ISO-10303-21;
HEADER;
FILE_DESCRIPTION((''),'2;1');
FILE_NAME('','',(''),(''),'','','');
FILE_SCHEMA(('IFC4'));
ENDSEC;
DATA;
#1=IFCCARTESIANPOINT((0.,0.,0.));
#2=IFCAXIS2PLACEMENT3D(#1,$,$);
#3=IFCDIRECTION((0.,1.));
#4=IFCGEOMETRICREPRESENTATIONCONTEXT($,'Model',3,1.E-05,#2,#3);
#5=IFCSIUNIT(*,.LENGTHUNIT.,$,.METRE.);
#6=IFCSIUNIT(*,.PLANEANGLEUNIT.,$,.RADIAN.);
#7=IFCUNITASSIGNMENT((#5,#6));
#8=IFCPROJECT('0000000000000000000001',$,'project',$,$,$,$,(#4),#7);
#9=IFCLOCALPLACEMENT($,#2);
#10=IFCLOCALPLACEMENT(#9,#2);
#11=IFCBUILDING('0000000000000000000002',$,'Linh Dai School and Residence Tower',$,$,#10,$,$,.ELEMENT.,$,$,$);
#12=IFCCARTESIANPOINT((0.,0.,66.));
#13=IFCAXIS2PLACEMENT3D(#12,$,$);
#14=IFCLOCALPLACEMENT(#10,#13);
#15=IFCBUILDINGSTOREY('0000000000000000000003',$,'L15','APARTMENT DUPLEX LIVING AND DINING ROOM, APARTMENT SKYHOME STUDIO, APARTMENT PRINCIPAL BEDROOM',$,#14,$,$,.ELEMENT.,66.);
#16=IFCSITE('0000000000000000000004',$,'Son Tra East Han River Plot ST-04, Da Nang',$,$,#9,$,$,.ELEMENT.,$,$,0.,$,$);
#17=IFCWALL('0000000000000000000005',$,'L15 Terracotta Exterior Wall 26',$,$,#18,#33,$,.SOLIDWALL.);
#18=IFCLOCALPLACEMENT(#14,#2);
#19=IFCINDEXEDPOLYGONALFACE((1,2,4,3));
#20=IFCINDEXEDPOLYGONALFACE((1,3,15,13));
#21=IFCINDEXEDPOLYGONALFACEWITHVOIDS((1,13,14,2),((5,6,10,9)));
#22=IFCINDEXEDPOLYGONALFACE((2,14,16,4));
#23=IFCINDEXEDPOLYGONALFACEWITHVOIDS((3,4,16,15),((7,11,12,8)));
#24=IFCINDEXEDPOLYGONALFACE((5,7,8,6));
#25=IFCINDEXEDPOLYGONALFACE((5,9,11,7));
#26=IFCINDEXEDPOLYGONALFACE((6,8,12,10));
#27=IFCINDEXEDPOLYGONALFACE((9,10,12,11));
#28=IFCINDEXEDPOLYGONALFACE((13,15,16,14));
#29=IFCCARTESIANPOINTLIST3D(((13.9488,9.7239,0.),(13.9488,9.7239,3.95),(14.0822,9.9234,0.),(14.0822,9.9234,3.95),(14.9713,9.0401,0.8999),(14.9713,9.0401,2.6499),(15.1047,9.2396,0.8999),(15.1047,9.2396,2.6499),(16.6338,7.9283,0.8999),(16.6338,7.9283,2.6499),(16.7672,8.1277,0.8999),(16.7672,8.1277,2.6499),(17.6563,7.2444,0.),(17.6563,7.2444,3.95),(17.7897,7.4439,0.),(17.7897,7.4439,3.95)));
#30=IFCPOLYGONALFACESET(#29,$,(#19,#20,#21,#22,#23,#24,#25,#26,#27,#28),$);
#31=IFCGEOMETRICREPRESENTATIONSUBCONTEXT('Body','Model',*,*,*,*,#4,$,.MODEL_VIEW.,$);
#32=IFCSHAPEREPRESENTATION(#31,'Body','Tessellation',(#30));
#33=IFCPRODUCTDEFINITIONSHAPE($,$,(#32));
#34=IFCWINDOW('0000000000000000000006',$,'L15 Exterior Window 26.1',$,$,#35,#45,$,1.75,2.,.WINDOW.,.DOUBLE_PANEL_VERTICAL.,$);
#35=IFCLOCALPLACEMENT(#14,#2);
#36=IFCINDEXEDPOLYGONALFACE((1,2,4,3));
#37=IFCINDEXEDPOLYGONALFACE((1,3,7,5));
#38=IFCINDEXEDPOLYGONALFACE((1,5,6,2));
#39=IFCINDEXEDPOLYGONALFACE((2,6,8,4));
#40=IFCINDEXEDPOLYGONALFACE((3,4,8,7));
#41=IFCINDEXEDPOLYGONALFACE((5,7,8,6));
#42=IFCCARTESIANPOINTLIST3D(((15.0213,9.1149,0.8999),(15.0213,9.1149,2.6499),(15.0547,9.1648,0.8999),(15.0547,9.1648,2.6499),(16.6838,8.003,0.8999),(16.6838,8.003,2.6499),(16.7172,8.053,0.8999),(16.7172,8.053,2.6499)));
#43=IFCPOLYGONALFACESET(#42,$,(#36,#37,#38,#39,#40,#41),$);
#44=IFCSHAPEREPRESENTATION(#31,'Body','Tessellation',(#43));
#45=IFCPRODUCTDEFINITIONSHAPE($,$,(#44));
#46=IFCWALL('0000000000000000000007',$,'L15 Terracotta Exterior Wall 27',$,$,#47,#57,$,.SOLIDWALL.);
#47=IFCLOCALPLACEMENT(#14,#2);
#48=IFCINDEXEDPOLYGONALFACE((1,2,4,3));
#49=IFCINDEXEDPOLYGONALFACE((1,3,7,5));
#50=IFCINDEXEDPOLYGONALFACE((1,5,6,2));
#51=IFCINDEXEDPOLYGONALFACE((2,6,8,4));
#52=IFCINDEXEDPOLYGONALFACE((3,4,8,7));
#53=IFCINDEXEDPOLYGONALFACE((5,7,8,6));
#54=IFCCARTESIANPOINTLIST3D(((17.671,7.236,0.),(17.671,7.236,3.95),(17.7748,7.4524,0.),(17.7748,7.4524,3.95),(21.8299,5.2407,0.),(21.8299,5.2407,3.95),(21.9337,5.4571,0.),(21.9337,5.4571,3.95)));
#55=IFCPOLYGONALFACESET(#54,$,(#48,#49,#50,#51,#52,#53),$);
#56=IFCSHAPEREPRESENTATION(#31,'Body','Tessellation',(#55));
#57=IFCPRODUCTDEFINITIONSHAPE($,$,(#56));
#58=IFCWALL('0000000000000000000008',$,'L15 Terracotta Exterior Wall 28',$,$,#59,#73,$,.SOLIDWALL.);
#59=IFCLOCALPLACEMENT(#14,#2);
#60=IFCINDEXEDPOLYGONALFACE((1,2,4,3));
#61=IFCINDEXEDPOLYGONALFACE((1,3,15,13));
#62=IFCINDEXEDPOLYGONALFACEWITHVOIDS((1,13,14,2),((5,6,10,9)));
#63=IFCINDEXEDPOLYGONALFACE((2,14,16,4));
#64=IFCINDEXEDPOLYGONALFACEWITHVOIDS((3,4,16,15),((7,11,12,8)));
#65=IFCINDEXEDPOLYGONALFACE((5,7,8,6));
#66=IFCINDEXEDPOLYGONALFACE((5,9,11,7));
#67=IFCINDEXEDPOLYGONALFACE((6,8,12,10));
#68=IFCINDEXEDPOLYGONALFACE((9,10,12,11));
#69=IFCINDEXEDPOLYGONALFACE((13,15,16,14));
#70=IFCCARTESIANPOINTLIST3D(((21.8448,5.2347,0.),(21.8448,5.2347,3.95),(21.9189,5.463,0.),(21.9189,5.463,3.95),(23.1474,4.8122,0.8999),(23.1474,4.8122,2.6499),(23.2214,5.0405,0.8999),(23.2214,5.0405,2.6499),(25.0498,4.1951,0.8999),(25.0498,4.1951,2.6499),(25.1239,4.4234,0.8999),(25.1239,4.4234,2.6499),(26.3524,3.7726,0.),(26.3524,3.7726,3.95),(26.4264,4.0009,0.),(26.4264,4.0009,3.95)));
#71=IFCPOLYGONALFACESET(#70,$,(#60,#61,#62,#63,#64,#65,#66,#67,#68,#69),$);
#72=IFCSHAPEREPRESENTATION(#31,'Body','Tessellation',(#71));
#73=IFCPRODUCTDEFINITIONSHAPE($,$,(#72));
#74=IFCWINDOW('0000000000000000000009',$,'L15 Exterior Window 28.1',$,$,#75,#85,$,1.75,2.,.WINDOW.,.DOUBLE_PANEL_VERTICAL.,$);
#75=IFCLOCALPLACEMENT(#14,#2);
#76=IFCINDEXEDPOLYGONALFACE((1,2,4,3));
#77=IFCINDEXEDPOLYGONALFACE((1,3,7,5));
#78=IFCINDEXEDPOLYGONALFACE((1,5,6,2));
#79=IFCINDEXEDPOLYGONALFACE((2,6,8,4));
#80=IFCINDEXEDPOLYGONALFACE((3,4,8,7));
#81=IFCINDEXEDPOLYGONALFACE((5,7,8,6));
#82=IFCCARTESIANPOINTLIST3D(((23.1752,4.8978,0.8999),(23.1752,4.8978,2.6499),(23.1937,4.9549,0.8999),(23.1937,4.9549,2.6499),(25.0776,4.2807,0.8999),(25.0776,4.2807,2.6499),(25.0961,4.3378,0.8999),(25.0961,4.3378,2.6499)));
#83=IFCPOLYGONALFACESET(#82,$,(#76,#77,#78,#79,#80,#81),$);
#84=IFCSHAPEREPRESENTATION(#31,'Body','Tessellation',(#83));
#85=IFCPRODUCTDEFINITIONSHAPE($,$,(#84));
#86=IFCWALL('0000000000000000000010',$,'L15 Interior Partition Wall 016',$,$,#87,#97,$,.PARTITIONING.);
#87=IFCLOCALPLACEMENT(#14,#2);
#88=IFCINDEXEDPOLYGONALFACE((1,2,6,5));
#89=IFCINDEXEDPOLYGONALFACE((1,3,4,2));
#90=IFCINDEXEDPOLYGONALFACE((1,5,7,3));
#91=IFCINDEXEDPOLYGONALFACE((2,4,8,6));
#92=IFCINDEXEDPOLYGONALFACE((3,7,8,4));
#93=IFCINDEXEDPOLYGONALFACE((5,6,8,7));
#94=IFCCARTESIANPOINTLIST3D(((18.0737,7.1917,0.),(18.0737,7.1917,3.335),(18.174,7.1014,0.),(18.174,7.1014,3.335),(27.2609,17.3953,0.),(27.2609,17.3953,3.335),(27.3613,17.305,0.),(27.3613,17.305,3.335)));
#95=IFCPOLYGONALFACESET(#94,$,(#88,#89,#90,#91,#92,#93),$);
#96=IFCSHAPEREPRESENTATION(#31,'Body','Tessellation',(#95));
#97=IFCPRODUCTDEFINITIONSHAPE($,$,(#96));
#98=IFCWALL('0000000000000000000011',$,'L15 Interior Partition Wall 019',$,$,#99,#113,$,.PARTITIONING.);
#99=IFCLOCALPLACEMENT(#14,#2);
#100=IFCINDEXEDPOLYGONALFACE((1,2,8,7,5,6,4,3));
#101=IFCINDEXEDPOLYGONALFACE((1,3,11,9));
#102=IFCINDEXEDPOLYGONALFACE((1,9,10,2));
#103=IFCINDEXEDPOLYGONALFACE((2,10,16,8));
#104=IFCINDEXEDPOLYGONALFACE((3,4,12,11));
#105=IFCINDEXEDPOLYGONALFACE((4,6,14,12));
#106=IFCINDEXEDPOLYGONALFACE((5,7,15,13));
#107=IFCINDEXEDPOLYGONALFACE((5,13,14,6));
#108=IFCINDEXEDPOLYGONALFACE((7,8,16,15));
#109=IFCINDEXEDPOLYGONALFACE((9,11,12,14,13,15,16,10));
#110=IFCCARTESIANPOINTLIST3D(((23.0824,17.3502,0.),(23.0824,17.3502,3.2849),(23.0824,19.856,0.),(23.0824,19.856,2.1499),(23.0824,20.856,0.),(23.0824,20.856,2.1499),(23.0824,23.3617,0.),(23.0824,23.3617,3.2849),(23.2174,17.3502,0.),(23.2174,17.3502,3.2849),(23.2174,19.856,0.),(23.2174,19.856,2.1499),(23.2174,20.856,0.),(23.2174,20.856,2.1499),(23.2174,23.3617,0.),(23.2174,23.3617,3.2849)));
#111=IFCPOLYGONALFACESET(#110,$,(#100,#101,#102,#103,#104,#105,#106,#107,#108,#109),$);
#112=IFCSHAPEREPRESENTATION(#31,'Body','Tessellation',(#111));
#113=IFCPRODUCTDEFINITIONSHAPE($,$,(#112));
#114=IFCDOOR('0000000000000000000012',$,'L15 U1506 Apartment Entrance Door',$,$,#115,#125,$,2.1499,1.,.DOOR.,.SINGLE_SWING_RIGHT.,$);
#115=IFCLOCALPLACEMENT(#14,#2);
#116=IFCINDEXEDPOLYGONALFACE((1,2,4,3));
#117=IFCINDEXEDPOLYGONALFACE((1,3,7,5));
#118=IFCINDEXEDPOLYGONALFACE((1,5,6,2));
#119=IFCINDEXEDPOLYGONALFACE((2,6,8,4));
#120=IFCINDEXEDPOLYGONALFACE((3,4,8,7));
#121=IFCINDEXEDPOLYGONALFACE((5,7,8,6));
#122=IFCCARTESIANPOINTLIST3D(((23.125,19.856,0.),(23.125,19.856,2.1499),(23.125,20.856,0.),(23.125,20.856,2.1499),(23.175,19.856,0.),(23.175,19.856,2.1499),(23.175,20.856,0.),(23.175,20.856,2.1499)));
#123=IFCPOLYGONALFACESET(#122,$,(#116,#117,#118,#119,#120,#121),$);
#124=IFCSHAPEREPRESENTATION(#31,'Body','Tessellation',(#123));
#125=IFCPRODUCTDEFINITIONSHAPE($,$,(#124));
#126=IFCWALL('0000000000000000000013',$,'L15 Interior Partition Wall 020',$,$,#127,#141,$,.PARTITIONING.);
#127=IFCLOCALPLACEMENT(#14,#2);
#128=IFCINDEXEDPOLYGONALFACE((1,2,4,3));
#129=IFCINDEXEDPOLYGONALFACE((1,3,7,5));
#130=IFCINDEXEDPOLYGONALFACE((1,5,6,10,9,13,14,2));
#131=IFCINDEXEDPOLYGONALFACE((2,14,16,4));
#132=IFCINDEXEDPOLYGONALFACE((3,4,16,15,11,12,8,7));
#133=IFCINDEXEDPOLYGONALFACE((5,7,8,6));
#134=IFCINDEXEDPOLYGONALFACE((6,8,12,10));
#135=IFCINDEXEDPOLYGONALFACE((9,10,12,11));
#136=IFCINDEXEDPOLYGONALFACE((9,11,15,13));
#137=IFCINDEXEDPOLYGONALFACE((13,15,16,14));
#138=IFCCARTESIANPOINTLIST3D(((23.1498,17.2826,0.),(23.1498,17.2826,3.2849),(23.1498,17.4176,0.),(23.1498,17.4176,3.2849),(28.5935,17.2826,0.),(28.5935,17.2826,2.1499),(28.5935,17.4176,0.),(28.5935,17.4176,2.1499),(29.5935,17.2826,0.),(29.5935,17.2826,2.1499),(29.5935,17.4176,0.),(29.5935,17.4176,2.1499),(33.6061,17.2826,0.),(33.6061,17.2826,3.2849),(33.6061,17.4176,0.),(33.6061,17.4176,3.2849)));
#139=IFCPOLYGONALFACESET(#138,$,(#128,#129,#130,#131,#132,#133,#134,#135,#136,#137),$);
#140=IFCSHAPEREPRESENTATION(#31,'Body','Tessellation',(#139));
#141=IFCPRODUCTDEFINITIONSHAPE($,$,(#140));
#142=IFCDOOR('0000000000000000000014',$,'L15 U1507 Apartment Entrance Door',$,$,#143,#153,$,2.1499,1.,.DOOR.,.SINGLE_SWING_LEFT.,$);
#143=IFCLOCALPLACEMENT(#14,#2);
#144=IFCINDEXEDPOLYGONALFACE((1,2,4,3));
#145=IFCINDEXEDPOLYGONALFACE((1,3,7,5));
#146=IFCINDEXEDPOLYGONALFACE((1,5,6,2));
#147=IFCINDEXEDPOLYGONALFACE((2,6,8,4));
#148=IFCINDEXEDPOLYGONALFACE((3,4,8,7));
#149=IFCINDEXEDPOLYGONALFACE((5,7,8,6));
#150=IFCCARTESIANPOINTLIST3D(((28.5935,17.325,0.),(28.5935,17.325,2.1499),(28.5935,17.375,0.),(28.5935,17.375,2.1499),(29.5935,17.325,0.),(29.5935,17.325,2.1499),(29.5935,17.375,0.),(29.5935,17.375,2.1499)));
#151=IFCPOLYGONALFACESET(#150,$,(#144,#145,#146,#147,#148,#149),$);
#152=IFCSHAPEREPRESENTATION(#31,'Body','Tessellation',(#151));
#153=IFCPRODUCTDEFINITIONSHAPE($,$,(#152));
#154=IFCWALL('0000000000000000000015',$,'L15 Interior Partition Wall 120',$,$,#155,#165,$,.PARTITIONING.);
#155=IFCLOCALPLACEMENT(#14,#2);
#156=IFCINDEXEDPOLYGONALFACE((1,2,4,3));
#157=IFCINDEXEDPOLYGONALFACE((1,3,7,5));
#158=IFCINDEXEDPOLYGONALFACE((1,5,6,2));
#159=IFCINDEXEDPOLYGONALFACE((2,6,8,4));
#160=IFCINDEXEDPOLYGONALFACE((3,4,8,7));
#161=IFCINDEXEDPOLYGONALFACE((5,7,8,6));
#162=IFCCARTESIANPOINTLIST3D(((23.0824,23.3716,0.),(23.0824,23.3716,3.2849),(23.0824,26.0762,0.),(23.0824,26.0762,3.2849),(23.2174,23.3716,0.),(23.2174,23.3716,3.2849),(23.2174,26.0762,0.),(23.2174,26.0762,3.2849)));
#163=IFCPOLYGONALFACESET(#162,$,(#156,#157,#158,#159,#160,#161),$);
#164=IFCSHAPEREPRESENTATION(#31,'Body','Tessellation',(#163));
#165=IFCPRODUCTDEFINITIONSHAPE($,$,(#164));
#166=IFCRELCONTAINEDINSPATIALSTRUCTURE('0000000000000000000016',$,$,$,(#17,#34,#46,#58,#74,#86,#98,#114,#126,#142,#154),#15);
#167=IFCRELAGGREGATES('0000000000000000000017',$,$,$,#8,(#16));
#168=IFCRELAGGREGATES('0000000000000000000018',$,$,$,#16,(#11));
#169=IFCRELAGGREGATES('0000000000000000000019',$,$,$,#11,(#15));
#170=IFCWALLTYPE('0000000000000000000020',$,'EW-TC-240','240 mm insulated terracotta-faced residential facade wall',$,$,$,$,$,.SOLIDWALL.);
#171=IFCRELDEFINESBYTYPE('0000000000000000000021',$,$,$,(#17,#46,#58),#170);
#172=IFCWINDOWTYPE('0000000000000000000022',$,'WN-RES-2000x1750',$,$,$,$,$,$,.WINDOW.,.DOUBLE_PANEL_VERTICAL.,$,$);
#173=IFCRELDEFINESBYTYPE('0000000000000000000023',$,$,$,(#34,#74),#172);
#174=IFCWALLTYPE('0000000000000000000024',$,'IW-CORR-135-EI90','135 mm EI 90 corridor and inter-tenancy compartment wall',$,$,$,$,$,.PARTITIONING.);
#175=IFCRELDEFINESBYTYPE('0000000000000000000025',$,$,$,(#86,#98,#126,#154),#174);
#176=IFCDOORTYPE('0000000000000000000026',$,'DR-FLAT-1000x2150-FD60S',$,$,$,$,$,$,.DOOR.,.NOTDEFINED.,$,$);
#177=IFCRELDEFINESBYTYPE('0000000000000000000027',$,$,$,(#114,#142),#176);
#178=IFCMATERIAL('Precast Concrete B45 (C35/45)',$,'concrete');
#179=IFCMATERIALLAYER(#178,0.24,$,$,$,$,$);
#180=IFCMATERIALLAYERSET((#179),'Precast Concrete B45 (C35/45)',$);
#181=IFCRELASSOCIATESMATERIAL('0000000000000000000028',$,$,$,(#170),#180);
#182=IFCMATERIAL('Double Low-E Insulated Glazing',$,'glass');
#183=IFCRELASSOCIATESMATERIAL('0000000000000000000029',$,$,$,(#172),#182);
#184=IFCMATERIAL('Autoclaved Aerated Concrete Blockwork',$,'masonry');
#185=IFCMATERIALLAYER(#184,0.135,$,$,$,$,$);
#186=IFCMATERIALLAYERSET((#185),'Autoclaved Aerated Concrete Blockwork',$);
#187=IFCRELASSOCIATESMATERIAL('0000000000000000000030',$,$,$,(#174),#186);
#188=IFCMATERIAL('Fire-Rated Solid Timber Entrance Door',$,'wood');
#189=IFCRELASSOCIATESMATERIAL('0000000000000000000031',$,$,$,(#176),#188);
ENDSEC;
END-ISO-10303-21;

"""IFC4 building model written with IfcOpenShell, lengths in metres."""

from ifc_helpers import new_model, si_unit, direction, frame, frame_2d, origin, origin_2d, place, context, subcontext, project, spatial, rectangle, extrude, source, transform, mapped, material, layer, layer_set, type_object, element, fill, save


model = new_model("IFC4")

# Units and contexts
model_context = context("Model", 3, precision=1e-05, world=origin(), true_north=direction((0.0, 1.0)))
body_context = subcontext(model_context, "Body", "Model", "MODEL_VIEW")
ifc_project = project(units=[si_unit("LENGTHUNIT", "METRE"), si_unit("PLANEANGLEUNIT", "RADIAN")], contexts=[model_context])

# Site, building, storey
site_placement = place(None, origin())
site = spatial("IfcSite", under=ifc_project, at=site_placement, Name="Son Tra East Han River Plot ST-04, Da Nang", CompositionType="ELEMENT", RefElevation=0.0)
building_placement = place(site_placement, origin())
building = spatial("IfcBuilding", under=site, at=building_placement, Name="Linh Dai School and Residence Tower", CompositionType="ELEMENT")
storey_placement = place(building_placement, frame((0.0, 0.0, 66.0)))
storey = spatial("IfcBuildingStorey", under=building, at=storey_placement, Name="L15", Description="APARTMENT DUPLEX LIVING AND DINING ROOM, APARTMENT SKYHOME STUDIO, APARTMENT PRINCIPAL BEDROOM", CompositionType="ELEMENT", Elevation=66.0)

# Wall, opening, window
ifc_material_1 = material(Name="Precast Concrete B45 (C35/45)", Category="concrete")
ifc_layer_1 = layer(ifc_material_1, 0.24)
ifc_layer_set_1 = layer_set([ifc_layer_1], Name="Precast Concrete B45 (C35/45)")
wall_type_1 = type_object("IfcWallType", Name="EW-TC-240", Description="240 mm insulated terracotta-faced residential facade wall", PredefinedType="SOLIDWALL", material=ifc_layer_set_1)
ifc_material_2 = material(Name="Double Low-E Insulated Glazing", Category="glass")
wall_1_placement = place(storey_placement, frame((17.7229, 7.3442, 0.0), z_axis=(0.0, 0.0, 1.0), x_axis=(-0.831241, 0.555912, 0.0)))
wall_1 = element("IfcWall", 1, at=wall_1_placement, inside=storey, type_object=wall_type_1, Name="L15 Terracotta Exterior Wall 26", PredefinedType="SOLIDWALL", context=body_context, shape_type="SweptSolid", body=[
    extrude(rectangle(XDim=4.4602, YDim=0.24, at=frame_2d((2.23, 0.0))), origin(), (0.0, 0.0, 1.0), 3.95),
])
opening_1_placement = place(wall_1_placement, frame((1.23, 0.0, 0.8999)))
opening_1 = element("IfcOpeningElement", 2, at=opening_1_placement, cuts=wall_1, PredefinedType="OPENING", context=body_context, shape_type="SweptSolid", body=[
    extrude(rectangle(XDim=2.0, YDim=1.75, at=origin_2d()), frame((1.0, 0.1299, 0.875), z_axis=(0.0, -1.0, 0.0), x_axis=(1.0, 0.0, 0.0)), (0.0, 0.0, 1.0), 0.26),
])
window_type_1 = type_object("IfcWindowType", Name="WN-RES-2000x1750", PartitioningType="DOUBLE_PANEL_VERTICAL", PredefinedType="WINDOW", material=ifc_material_2)
shared_shape_1 = source(origin(), body_context, "Body", "SweptSolid", [
    extrude(rectangle(XDim=2.0, YDim=1.75, at=origin_2d()), frame((1.0, 0.03, 0.875), z_axis=(0.0, -1.0, 0.0), x_axis=(1.0, 0.0, 0.0)), (0.0, 0.0, 1.0), 0.0601),
])
window_1_placement = place(opening_1_placement, origin())
window_1 = element("IfcWindow", 3, at=window_1_placement, inside=storey, type_object=window_type_1, Name="L15 Exterior Window 26.1", OverallHeight=1.75, OverallWidth=2.0, PartitioningType="DOUBLE_PANEL_VERTICAL", PredefinedType="WINDOW", context=body_context, shape_type="MappedRepresentation", body=[
    mapped(shared_shape_1, transform((0.0, 0.0, 0.0), x_axis=(1.0, 0.0, 0.0), y_axis=(0.0, 1.0, 0.0), z_axis=(0.0, 0.0, 1.0), scale=1.0)),
])
fill(opening_1, window_1)

# Wall
wall_2_placement = place(storey_placement, frame((21.8818, 5.3489, 0.0), z_axis=(0.0, 0.0, 1.0), x_axis=(-0.901602, 0.432568, 0.0)))
element("IfcWall", 4, at=wall_2_placement, inside=storey, type_object=wall_type_1, Name="L15 Terracotta Exterior Wall 27", PredefinedType="SOLIDWALL", context=body_context, shape_type="SweptSolid", body=[
    extrude(rectangle(XDim=4.6128, YDim=0.24, at=frame_2d((2.3064, 0.0))), origin(), (0.0, 0.0, 1.0), 3.95),
])

# Wall, opening, window
wall_3_placement = place(storey_placement, frame((26.3894, 3.8867, 0.0), z_axis=(0.0, 0.0, 1.0), x_axis=(-0.951208, 0.308551, 0.0)))
wall_3 = element("IfcWall", 5, at=wall_3_placement, inside=storey, type_object=wall_type_1, Name="L15 Terracotta Exterior Wall 28", PredefinedType="SOLIDWALL", context=body_context, shape_type="SweptSolid", body=[
    extrude(rectangle(XDim=4.7388, YDim=0.24, at=frame_2d((2.3694, 0.0))), origin(), (0.0, 0.0, 1.0), 3.95),
])
opening_2_placement = place(wall_3_placement, frame((1.3694, 0.0, 0.8999)))
opening_2 = element("IfcOpeningElement", 6, at=opening_2_placement, cuts=wall_3, PredefinedType="OPENING", context=body_context, shape_type="SweptSolid", body=[
    extrude(rectangle(XDim=2.0, YDim=1.75, at=origin_2d()), frame((1.0, 0.1299, 0.875), z_axis=(0.0, -1.0, 0.0), x_axis=(1.0, 0.0, 0.0)), (0.0, 0.0, 1.0), 0.26),
])
window_2_placement = place(opening_2_placement, origin())
window_2 = element("IfcWindow", 7, at=window_2_placement, inside=storey, type_object=window_type_1, Name="L15 Exterior Window 28.1", OverallHeight=1.75, OverallWidth=2.0, PartitioningType="DOUBLE_PANEL_VERTICAL", PredefinedType="WINDOW", context=body_context, shape_type="MappedRepresentation", body=[
    mapped(shared_shape_1, transform((0.0, 0.0, 0.0), x_axis=(1.0, 0.0, 0.0), y_axis=(0.0, 1.0, 0.0), z_axis=(0.0, 0.0, 1.0), scale=1.0)),
])
fill(opening_2, window_2)

# Wall
ifc_material_3 = material(Name="Autoclaved Aerated Concrete Blockwork", Category="masonry")
ifc_layer_2 = layer(ifc_material_3, 0.135)
ifc_layer_set_2 = layer_set([ifc_layer_2], Name="Autoclaved Aerated Concrete Blockwork")
wall_type_2 = type_object("IfcWallType", Name="IW-CORR-135-EI90", Description="135 mm EI 90 corridor and inter-tenancy compartment wall", PredefinedType="PARTITIONING", material=ifc_layer_set_2)
wall_4_placement = place(storey_placement, frame((18.1238, 7.1465, 0.0), z_axis=(0.0, 0.0, 1.0), x_axis=(0.669126, 0.743149, 0.0)))
element("IfcWall", 8, at=wall_4_placement, inside=storey, type_object=wall_type_2, Name="L15 Interior Partition Wall 016", PredefinedType="PARTITIONING", context=body_context, shape_type="SweptSolid", body=[
    extrude(rectangle(XDim=13.7302, YDim=0.135, at=frame_2d((6.8652, 0.0))), origin(), (0.0, 0.0, 1.0), 3.335),
])

# Walls, openings, doors
wall_5_placement = place(storey_placement, frame((23.1499, 17.3501, 0.0), z_axis=(0.0, 0.0, 1.0), x_axis=(0.0, 1.0, 0.0)))
wall_5 = element("IfcWall", 9, at=wall_5_placement, inside=storey, type_object=wall_type_2, Name="L15 Interior Partition Wall 019", PredefinedType="PARTITIONING", context=body_context, shape_type="SweptSolid", body=[
    extrude(rectangle(XDim=6.0115, YDim=0.135, at=frame_2d((3.0059, 0.0))), origin(), (0.0, 0.0, 1.0), 3.2849),
])
opening_3_placement = place(wall_5_placement, frame((2.5059, 0.0, 0.0)))
opening_3 = element("IfcOpeningElement", 10, at=opening_3_placement, cuts=wall_5, PredefinedType="OPENING", context=body_context, shape_type="SweptSolid", body=[
    extrude(rectangle(XDim=1.0, YDim=2.1499, at=origin_2d()), frame((0.5, 0.0776, 1.075), z_axis=(0.0, -1.0, 0.0), x_axis=(1.0, 0.0, 0.0)), (0.0, 0.0, 1.0), 0.155),
])
ifc_material_4 = material(Name="Fire-Rated Solid Timber Entrance Door", Category="wood")
door_type_1 = type_object("IfcDoorType", Name="DR-FLAT-1000x2150-FD60S", OperationType="NOTDEFINED", PredefinedType="DOOR", material=ifc_material_4)
shared_shape_2 = source(origin(), body_context, "Body", "SweptSolid", [
    extrude(rectangle(XDim=1.0, YDim=2.1499, at=origin_2d()), frame((0.5, 0.0249, 1.075), z_axis=(0.0, -1.0, 0.0), x_axis=(1.0, 0.0, 0.0)), (0.0, 0.0, 1.0), 0.05),
])
door_1_placement = place(opening_3_placement, origin())
door_1 = element("IfcDoor", 11, at=door_1_placement, inside=storey, type_object=door_type_1, Name="L15 U1506 Apartment Entrance Door", OperationType="SINGLE_SWING_RIGHT", OverallHeight=2.1499, OverallWidth=1.0, PredefinedType="DOOR", context=body_context, shape_type="MappedRepresentation", body=[
    mapped(shared_shape_2, transform((0.0, 0.0, 0.0), x_axis=(1.0, 0.0, 0.0), y_axis=(0.0, 1.0, 0.0), z_axis=(0.0, 0.0, 1.0), scale=1.0)),
])
fill(opening_3, door_1)
wall_6_placement = place(storey_placement, frame((23.1499, 17.3501, 0.0), z_axis=(0.0, 0.0, 1.0), x_axis=(1.0, 0.0, 0.0)))
wall_6 = element("IfcWall", 12, at=wall_6_placement, inside=storey, type_object=wall_type_2, Name="L15 Interior Partition Wall 020", PredefinedType="PARTITIONING", context=body_context, shape_type="SweptSolid", body=[
    extrude(rectangle(XDim=10.4563, YDim=0.135, at=frame_2d((5.228, 0.0))), origin(), (0.0, 0.0, 1.0), 3.2849),
])
opening_4_placement = place(wall_6_placement, frame((5.4436, 0.0, 0.0)))
opening_4 = element("IfcOpeningElement", 13, at=opening_4_placement, cuts=wall_6, PredefinedType="OPENING", context=body_context, shape_type="SweptSolid", body=[
    extrude(rectangle(XDim=1.0, YDim=2.1499, at=origin_2d()), frame((0.5, 0.0776, 1.075), z_axis=(0.0, -1.0, 0.0), x_axis=(1.0, 0.0, 0.0)), (0.0, 0.0, 1.0), 0.155),
])
door_2_placement = place(opening_4_placement, origin())
door_2 = element("IfcDoor", 14, at=door_2_placement, inside=storey, type_object=door_type_1, Name="L15 U1507 Apartment Entrance Door", OperationType="SINGLE_SWING_LEFT", OverallHeight=2.1499, OverallWidth=1.0, PredefinedType="DOOR", context=body_context, shape_type="MappedRepresentation", body=[
    mapped(shared_shape_2, transform((0.0, 0.0, 0.0), x_axis=(1.0, 0.0, 0.0), y_axis=(0.0, 1.0, 0.0), z_axis=(0.0, 0.0, 1.0), scale=1.0)),
])
fill(opening_4, door_2)

# Wall
wall_7_placement = place(storey_placement, frame((23.1499, 23.3716, 0.0), z_axis=(0.0, 0.0, 1.0), x_axis=(0.0, 1.0, 0.0)))
element("IfcWall", 15, at=wall_7_placement, inside=storey, type_object=wall_type_2, Name="L15 Interior Partition Wall 120", PredefinedType="PARTITIONING", context=body_context, shape_type="SweptSolid", body=[
    extrude(rectangle(XDim=2.7046, YDim=0.135, at=frame_2d((1.3523, 0.0))), origin(), (0.0, 0.0, 1.0), 3.2849),
])

save(model, "model.ifc")
